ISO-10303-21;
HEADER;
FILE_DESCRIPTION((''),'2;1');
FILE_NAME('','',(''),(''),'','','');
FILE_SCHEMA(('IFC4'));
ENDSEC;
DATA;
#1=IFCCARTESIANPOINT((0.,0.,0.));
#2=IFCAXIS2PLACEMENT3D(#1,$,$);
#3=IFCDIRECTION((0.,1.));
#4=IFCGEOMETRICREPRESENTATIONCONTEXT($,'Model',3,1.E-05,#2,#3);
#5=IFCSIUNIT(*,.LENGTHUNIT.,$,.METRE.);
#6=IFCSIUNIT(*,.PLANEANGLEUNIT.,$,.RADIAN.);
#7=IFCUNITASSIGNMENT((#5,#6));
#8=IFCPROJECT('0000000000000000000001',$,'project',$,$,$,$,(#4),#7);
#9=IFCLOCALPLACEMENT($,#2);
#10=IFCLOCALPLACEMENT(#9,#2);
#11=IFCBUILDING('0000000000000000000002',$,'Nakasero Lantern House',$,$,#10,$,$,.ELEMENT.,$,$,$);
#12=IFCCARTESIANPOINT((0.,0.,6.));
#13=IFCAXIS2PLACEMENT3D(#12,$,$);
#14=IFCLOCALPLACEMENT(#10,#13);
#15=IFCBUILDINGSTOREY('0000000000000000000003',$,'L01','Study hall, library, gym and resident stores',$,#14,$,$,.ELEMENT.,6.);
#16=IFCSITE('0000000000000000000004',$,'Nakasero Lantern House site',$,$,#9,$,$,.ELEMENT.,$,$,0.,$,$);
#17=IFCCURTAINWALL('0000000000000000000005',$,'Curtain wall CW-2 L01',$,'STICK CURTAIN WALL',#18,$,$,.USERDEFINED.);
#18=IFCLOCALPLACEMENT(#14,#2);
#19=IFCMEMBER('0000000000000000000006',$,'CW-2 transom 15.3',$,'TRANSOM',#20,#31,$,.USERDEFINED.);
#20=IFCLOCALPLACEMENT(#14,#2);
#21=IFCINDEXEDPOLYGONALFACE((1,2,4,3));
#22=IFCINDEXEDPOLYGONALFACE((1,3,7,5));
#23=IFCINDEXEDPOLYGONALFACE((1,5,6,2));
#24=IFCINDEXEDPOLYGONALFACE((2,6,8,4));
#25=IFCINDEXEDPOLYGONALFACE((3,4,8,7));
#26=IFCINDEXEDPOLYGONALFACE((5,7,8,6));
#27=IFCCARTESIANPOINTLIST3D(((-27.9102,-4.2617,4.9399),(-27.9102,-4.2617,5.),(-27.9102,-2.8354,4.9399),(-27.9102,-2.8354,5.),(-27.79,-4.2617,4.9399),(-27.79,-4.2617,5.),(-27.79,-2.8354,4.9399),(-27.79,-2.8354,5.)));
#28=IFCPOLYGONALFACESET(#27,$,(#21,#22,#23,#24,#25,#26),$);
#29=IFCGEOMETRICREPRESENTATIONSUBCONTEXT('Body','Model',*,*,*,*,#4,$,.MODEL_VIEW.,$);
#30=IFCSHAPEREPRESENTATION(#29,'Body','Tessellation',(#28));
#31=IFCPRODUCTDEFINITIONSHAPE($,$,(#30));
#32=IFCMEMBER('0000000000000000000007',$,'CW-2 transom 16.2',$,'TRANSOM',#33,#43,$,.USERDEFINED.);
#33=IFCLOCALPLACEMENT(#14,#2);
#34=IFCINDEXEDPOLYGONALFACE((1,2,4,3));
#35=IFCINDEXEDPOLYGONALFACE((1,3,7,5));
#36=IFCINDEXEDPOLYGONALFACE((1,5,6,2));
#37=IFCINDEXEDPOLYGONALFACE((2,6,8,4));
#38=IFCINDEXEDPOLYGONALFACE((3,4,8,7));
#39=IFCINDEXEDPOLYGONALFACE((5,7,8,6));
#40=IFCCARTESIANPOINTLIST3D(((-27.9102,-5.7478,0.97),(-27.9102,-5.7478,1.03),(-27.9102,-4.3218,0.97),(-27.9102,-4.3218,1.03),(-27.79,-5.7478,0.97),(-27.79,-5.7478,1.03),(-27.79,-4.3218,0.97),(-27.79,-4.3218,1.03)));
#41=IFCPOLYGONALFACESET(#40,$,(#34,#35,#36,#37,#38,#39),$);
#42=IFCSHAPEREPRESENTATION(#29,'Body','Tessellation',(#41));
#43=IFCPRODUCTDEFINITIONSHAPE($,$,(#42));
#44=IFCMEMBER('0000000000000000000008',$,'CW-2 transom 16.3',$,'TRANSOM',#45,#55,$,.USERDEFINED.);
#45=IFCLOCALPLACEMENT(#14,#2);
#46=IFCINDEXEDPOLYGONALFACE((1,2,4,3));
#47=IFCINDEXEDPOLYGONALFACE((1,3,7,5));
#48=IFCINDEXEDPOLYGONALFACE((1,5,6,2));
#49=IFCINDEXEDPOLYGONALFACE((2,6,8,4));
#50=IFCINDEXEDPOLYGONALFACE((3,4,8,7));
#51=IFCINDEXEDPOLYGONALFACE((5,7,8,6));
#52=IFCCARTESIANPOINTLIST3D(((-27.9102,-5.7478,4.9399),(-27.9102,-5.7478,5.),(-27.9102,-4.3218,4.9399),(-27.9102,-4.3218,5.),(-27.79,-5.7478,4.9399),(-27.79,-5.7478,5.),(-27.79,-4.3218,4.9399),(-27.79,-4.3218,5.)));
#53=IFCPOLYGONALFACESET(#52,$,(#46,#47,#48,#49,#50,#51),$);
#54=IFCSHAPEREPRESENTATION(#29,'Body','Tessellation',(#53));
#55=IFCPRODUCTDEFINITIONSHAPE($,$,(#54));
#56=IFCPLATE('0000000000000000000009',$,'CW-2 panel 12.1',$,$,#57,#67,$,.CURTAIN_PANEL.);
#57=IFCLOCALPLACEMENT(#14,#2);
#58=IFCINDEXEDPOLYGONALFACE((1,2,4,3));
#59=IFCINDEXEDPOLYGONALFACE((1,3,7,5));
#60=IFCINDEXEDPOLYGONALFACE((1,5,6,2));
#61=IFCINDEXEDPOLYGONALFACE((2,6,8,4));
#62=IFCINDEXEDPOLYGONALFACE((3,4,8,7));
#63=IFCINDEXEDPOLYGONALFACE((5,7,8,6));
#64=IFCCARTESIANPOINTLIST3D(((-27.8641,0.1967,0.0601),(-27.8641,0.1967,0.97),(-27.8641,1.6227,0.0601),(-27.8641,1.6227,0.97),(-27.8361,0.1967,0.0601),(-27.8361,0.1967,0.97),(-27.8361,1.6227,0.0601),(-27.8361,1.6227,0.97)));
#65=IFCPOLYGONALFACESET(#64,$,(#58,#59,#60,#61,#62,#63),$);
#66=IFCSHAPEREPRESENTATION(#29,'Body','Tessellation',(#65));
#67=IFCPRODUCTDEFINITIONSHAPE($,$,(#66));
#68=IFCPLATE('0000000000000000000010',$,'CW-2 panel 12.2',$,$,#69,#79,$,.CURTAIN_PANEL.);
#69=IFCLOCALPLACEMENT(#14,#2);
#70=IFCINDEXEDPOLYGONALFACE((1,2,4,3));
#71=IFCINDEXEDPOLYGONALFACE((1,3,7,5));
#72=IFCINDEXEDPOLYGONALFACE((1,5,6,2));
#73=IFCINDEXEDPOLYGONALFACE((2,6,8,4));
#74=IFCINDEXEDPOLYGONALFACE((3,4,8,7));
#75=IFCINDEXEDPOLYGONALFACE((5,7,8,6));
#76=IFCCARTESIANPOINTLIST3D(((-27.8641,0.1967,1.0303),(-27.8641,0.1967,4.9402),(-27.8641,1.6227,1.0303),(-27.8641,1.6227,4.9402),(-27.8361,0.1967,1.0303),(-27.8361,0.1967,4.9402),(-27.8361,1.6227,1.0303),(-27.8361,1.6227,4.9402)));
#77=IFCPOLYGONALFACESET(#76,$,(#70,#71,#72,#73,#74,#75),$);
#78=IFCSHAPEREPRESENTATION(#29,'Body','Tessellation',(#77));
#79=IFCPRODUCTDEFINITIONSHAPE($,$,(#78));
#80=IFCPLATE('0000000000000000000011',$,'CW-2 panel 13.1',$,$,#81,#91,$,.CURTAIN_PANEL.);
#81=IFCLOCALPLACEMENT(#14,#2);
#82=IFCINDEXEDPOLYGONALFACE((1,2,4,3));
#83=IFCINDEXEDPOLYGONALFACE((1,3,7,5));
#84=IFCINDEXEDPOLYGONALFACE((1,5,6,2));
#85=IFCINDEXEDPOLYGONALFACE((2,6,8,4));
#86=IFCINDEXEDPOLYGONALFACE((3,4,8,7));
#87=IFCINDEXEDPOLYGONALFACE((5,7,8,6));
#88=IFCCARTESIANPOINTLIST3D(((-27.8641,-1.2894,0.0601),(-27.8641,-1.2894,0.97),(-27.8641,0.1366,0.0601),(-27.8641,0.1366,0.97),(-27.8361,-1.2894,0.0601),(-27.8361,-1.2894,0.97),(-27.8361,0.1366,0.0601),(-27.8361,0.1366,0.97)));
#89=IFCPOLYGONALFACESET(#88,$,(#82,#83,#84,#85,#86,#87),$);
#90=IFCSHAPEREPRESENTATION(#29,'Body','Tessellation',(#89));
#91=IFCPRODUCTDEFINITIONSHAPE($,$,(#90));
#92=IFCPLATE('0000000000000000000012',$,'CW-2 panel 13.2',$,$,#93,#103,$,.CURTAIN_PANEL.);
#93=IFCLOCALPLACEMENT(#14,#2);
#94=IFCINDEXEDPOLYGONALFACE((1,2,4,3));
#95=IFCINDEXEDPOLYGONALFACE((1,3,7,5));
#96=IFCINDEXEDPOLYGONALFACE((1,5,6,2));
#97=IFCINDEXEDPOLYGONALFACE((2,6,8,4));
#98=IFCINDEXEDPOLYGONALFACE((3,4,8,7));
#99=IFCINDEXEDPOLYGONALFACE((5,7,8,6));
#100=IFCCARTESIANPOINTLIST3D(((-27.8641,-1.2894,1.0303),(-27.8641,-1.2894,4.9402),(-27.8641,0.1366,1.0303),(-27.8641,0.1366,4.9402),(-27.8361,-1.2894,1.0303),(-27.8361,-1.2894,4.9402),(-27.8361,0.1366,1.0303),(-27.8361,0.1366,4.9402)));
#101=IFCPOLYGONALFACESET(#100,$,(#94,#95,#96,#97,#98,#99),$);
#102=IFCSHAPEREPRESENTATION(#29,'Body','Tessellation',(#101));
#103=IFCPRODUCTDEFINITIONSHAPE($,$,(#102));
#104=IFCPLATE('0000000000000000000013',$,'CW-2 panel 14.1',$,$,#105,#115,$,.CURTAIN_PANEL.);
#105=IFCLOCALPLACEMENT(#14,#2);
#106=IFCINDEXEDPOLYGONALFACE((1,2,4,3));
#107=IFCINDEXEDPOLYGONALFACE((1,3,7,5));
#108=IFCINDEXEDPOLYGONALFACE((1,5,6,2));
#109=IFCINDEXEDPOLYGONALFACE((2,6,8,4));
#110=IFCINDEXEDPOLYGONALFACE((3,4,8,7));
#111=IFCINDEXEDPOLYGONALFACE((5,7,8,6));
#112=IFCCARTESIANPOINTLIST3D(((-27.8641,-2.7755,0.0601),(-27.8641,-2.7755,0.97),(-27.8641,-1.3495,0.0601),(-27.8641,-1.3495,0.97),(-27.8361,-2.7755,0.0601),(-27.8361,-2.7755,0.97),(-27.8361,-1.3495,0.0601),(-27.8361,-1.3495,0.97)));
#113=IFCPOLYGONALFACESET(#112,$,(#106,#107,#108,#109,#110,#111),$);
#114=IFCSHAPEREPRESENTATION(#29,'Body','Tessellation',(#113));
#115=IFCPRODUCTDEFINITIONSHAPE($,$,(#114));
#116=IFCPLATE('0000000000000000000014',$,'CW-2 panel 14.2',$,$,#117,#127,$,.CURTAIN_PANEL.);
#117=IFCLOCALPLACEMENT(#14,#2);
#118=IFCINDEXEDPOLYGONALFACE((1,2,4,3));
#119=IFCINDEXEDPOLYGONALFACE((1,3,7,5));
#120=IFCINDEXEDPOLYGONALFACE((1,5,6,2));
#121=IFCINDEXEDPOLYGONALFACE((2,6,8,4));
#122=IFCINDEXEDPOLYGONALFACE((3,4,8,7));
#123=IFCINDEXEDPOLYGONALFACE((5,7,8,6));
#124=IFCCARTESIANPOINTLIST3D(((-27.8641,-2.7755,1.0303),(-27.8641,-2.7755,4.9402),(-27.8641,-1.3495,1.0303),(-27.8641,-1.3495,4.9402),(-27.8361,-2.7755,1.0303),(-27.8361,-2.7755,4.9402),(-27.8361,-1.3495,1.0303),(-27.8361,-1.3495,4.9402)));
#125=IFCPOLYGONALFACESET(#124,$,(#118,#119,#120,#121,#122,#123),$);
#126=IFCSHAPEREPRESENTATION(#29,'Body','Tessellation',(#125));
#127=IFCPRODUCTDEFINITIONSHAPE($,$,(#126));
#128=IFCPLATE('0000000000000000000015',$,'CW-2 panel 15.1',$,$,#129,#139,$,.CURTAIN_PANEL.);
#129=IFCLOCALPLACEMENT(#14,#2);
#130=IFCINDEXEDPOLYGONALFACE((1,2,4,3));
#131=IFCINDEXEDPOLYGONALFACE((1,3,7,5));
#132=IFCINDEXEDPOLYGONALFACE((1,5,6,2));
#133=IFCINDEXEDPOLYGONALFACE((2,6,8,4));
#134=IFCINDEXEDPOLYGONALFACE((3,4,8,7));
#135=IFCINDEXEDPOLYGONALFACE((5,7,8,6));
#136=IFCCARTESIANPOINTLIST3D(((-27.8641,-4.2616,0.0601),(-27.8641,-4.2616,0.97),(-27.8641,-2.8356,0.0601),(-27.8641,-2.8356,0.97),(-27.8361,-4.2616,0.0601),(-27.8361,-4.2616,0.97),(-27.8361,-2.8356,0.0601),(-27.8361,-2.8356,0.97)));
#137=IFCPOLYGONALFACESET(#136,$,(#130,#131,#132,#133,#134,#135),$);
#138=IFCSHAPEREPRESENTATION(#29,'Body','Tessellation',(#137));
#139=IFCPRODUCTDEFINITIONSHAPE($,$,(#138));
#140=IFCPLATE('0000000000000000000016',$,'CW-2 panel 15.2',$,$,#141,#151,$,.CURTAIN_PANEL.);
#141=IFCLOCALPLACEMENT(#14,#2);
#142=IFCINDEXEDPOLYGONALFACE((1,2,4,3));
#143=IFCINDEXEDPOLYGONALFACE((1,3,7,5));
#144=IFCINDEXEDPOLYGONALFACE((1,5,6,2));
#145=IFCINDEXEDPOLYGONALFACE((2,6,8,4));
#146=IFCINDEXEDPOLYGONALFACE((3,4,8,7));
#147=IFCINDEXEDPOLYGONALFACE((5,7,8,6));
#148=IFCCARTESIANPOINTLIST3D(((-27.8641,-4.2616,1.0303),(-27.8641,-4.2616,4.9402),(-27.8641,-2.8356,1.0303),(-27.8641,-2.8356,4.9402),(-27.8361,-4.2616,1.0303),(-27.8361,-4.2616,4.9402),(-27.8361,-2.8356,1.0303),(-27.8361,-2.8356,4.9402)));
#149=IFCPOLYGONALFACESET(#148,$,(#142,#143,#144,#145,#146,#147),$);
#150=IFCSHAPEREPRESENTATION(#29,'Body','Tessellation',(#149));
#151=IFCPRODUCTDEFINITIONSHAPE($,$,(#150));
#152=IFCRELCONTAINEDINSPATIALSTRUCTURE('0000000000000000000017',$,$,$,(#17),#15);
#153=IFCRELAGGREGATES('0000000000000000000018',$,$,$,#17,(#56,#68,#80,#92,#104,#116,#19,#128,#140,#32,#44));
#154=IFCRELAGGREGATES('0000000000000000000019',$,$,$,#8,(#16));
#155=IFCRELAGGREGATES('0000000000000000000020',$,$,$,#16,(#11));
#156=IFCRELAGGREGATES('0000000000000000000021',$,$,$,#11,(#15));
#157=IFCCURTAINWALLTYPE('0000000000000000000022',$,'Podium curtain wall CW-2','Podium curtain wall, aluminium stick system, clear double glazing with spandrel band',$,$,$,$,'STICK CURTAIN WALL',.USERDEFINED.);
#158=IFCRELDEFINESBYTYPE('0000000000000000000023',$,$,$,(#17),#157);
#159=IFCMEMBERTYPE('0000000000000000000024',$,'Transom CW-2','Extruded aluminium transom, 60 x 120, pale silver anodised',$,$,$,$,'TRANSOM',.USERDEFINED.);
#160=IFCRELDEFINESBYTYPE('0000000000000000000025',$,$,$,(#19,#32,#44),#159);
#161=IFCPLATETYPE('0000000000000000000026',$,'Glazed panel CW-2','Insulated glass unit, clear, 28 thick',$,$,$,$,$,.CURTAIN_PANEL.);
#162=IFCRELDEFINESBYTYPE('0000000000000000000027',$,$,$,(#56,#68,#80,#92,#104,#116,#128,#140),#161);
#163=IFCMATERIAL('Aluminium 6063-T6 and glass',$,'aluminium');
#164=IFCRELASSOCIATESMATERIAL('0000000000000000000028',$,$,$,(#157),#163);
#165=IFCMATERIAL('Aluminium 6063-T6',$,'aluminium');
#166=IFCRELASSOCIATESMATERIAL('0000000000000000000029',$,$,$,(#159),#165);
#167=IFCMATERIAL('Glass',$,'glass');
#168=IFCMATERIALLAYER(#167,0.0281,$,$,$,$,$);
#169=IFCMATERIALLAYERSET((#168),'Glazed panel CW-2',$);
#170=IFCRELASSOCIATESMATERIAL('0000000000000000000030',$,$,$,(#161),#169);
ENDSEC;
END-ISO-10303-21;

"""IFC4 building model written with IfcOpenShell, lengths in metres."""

from ifc_helpers import new_model, si_unit, direction, frame, origin, origin_2d, place, context, subcontext, project, spatial, rectangle, extrude, material, layer, layer_set, material_profile, profile_set, type_object, element, aggregate, save


model = new_model("IFC4")

# Units and contexts
model_context = context("Model", 3, precision=1e-05, world=origin(), true_north=direction((0.0, 1.0)))
body_context = subcontext(model_context, "Body", "Model", "MODEL_VIEW")
ifc_project = project(units=[si_unit("LENGTHUNIT", "METRE"), si_unit("PLANEANGLEUNIT", "RADIAN")], contexts=[model_context])

# Site, building, storey
site_placement = place(None, origin())
site = spatial("IfcSite", under=ifc_project, at=site_placement, Name="Nakasero Lantern House site", CompositionType="ELEMENT", RefElevation=0.0)
building_placement = place(site_placement, origin())
building = spatial("IfcBuilding", under=site, at=building_placement, Name="Nakasero Lantern House", CompositionType="ELEMENT")
storey_placement = place(building_placement, frame((0.0, 0.0, 6.0)))
storey = spatial("IfcBuildingStorey", under=building, at=storey_placement, Name="L01", Description="Study hall, library, gym and resident stores", CompositionType="ELEMENT", Elevation=6.0)

# Curtain wall
ifc_material_1 = material(Name="Aluminium 6063-T6 and glass", Category="aluminium")
curtain_wall_type = type_object("IfcCurtainWallType", Name="Podium curtain wall CW-2", Description="Podium curtain wall, aluminium stick system, clear double glazing with spandrel band", ElementType="STICK CURTAIN WALL", PredefinedType="USERDEFINED", material=ifc_material_1)
curtain_wall_placement = place(storey_placement, origin())
curtain_wall = element("IfcCurtainWall", 1, at=curtain_wall_placement, inside=storey, type_object=curtain_wall_type, Name="Curtain wall CW-2 L01", ObjectType="STICK CURTAIN WALL", PredefinedType="USERDEFINED")

# Members
ifc_material_2 = material(Name="Aluminium 6063-T6", Category="aluminium")
ifc_material_profile_1 = material_profile(ifc_material_2, rectangle(XDim=0.0601, YDim=0.1201, at=origin_2d()), Name="CW-2 transom 60x120")
ifc_profile_set_1 = profile_set([ifc_material_profile_1], Name="Aluminium 6063-T6")
member_type_1 = type_object("IfcMemberType", Name="Transom CW-2", Description="Extruded aluminium transom, 60 x 120, pale silver anodised", ElementType="TRANSOM", PredefinedType="USERDEFINED", material=ifc_profile_set_1)
member_1_placement = place(storey_placement, frame((-27.8501, -2.8354, 4.97), z_axis=(0.0, -1.0, 0.0), x_axis=(0.0, 0.0, 1.0)))
member_1 = element("IfcMember", 2, at=member_1_placement, type_object=member_type_1, Name="CW-2 transom 15.3", ObjectType="TRANSOM", PredefinedType="USERDEFINED", context=body_context, shape_type="SweptSolid", body=[
    extrude(rectangle(XDim=0.0601, YDim=0.1201, at=origin_2d()), origin(), (0.0, 0.0, 1.0), 1.4263),
])
member_2_placement = place(storey_placement, frame((-27.8501, -4.3218, 1.0), z_axis=(0.0, -1.0, 0.0), x_axis=(0.0, 0.0, 1.0)))
member_2 = element("IfcMember", 3, at=member_2_placement, type_object=member_type_1, Name="CW-2 transom 16.2", ObjectType="TRANSOM", PredefinedType="USERDEFINED", context=body_context, shape_type="SweptSolid", body=[
    extrude(rectangle(XDim=0.0601, YDim=0.1201, at=origin_2d()), origin(), (0.0, 0.0, 1.0), 1.426),
])
member_3_placement = place(storey_placement, frame((-27.8501, -4.3218, 4.97), z_axis=(0.0, -1.0, 0.0), x_axis=(0.0, 0.0, 1.0)))
member_3 = element("IfcMember", 4, at=member_3_placement, type_object=member_type_1, Name="CW-2 transom 16.3", ObjectType="TRANSOM", PredefinedType="USERDEFINED", context=body_context, shape_type="SweptSolid", body=[
    extrude(rectangle(XDim=0.0601, YDim=0.1201, at=origin_2d()), origin(), (0.0, 0.0, 1.0), 1.426),
])

# Plates
ifc_material_3 = material(Name="Glass", Category="glass")
ifc_layer = layer(ifc_material_3, 0.0281)
ifc_layer_set = layer_set([ifc_layer], Name="Glazed panel CW-2")
plate_type = type_object("IfcPlateType", Name="Glazed panel CW-2", Description="Insulated glass unit, clear, 28 thick", PredefinedType="CURTAIN_PANEL", material=ifc_layer_set)
plate_1_placement = place(storey_placement, frame((-27.8501, 0.9097, 0.0601), z_axis=(0.0, 0.0, 1.0), x_axis=(0.0, -1.0, 0.0)))
plate_1 = element("IfcPlate", 5, at=plate_1_placement, type_object=plate_type, Name="CW-2 panel 12.1", PredefinedType="CURTAIN_PANEL", context=body_context, shape_type="SweptSolid", body=[
    extrude(rectangle(XDim=1.426, YDim=0.0281, at=origin_2d()), origin(), (0.0, 0.0, 1.0), 0.9099),
])
plate_2_placement = place(storey_placement, frame((-27.8501, 0.9097, 1.0303), z_axis=(0.0, 0.0, 1.0), x_axis=(0.0, -1.0, 0.0)))
plate_2 = element("IfcPlate", 6, at=plate_2_placement, type_object=plate_type, Name="CW-2 panel 12.2", PredefinedType="CURTAIN_PANEL", context=body_context, shape_type="SweptSolid", body=[
    extrude(rectangle(XDim=1.426, YDim=0.0281, at=origin_2d()), origin(), (0.0, 0.0, 1.0), 3.9099),
])
plate_3_placement = place(storey_placement, frame((-27.8501, -0.5764, 0.0601), z_axis=(0.0, 0.0, 1.0), x_axis=(0.0, -1.0, 0.0)))
plate_3 = element("IfcPlate", 7, at=plate_3_placement, type_object=plate_type, Name="CW-2 panel 13.1", PredefinedType="CURTAIN_PANEL", context=body_context, shape_type="SweptSolid", body=[
    extrude(rectangle(XDim=1.426, YDim=0.0281, at=origin_2d()), origin(), (0.0, 0.0, 1.0), 0.9099),
])
plate_4_placement = place(storey_placement, frame((-27.8501, -0.5764, 1.0303), z_axis=(0.0, 0.0, 1.0), x_axis=(0.0, -1.0, 0.0)))
plate_4 = element("IfcPlate", 8, at=plate_4_placement, type_object=plate_type, Name="CW-2 panel 13.2", PredefinedType="CURTAIN_PANEL", context=body_context, shape_type="SweptSolid", body=[
    extrude(rectangle(XDim=1.426, YDim=0.0281, at=origin_2d()), origin(), (0.0, 0.0, 1.0), 3.9099),
])
plate_5_placement = place(storey_placement, frame((-27.8501, -2.0625, 0.0601), z_axis=(0.0, 0.0, 1.0), x_axis=(0.0, -1.0, 0.0)))
plate_5 = element("IfcPlate", 9, at=plate_5_placement, type_object=plate_type, Name="CW-2 panel 14.1", PredefinedType="CURTAIN_PANEL", context=body_context, shape_type="SweptSolid", body=[
    extrude(rectangle(XDim=1.426, YDim=0.0281, at=origin_2d()), origin(), (0.0, 0.0, 1.0), 0.9099),
])
plate_6_placement = place(storey_placement, frame((-27.8501, -2.0625, 1.0303), z_axis=(0.0, 0.0, 1.0), x_axis=(0.0, -1.0, 0.0)))
plate_6 = element("IfcPlate", 10, at=plate_6_placement, type_object=plate_type, Name="CW-2 panel 14.2", PredefinedType="CURTAIN_PANEL", context=body_context, shape_type="SweptSolid", body=[
    extrude(rectangle(XDim=1.426, YDim=0.0281, at=origin_2d()), origin(), (0.0, 0.0, 1.0), 3.9099),
])
plate_7_placement = place(storey_placement, frame((-27.8501, -3.5486, 0.0601), z_axis=(0.0, 0.0, 1.0), x_axis=(0.0, -1.0, 0.0)))
plate_7 = element("IfcPlate", 11, at=plate_7_placement, type_object=plate_type, Name="CW-2 panel 15.1", PredefinedType="CURTAIN_PANEL", context=body_context, shape_type="SweptSolid", body=[
    extrude(rectangle(XDim=1.426, YDim=0.0281, at=origin_2d()), origin(), (0.0, 0.0, 1.0), 0.9099),
])
plate_8_placement = place(storey_placement, frame((-27.8501, -3.5486, 1.0303), z_axis=(0.0, 0.0, 1.0), x_axis=(0.0, -1.0, 0.0)))
plate_8 = element("IfcPlate", 12, at=plate_8_placement, type_object=plate_type, Name="CW-2 panel 15.2", PredefinedType="CURTAIN_PANEL", context=body_context, shape_type="SweptSolid", body=[
    extrude(rectangle(XDim=1.426, YDim=0.0281, at=origin_2d()), origin(), (0.0, 0.0, 1.0), 3.9099),
])
aggregate(curtain_wall, [plate_1, plate_2, plate_3, plate_4, plate_5, plate_6, member_1, plate_7, plate_8, member_2, member_3])

save(model, "model.ifc")
